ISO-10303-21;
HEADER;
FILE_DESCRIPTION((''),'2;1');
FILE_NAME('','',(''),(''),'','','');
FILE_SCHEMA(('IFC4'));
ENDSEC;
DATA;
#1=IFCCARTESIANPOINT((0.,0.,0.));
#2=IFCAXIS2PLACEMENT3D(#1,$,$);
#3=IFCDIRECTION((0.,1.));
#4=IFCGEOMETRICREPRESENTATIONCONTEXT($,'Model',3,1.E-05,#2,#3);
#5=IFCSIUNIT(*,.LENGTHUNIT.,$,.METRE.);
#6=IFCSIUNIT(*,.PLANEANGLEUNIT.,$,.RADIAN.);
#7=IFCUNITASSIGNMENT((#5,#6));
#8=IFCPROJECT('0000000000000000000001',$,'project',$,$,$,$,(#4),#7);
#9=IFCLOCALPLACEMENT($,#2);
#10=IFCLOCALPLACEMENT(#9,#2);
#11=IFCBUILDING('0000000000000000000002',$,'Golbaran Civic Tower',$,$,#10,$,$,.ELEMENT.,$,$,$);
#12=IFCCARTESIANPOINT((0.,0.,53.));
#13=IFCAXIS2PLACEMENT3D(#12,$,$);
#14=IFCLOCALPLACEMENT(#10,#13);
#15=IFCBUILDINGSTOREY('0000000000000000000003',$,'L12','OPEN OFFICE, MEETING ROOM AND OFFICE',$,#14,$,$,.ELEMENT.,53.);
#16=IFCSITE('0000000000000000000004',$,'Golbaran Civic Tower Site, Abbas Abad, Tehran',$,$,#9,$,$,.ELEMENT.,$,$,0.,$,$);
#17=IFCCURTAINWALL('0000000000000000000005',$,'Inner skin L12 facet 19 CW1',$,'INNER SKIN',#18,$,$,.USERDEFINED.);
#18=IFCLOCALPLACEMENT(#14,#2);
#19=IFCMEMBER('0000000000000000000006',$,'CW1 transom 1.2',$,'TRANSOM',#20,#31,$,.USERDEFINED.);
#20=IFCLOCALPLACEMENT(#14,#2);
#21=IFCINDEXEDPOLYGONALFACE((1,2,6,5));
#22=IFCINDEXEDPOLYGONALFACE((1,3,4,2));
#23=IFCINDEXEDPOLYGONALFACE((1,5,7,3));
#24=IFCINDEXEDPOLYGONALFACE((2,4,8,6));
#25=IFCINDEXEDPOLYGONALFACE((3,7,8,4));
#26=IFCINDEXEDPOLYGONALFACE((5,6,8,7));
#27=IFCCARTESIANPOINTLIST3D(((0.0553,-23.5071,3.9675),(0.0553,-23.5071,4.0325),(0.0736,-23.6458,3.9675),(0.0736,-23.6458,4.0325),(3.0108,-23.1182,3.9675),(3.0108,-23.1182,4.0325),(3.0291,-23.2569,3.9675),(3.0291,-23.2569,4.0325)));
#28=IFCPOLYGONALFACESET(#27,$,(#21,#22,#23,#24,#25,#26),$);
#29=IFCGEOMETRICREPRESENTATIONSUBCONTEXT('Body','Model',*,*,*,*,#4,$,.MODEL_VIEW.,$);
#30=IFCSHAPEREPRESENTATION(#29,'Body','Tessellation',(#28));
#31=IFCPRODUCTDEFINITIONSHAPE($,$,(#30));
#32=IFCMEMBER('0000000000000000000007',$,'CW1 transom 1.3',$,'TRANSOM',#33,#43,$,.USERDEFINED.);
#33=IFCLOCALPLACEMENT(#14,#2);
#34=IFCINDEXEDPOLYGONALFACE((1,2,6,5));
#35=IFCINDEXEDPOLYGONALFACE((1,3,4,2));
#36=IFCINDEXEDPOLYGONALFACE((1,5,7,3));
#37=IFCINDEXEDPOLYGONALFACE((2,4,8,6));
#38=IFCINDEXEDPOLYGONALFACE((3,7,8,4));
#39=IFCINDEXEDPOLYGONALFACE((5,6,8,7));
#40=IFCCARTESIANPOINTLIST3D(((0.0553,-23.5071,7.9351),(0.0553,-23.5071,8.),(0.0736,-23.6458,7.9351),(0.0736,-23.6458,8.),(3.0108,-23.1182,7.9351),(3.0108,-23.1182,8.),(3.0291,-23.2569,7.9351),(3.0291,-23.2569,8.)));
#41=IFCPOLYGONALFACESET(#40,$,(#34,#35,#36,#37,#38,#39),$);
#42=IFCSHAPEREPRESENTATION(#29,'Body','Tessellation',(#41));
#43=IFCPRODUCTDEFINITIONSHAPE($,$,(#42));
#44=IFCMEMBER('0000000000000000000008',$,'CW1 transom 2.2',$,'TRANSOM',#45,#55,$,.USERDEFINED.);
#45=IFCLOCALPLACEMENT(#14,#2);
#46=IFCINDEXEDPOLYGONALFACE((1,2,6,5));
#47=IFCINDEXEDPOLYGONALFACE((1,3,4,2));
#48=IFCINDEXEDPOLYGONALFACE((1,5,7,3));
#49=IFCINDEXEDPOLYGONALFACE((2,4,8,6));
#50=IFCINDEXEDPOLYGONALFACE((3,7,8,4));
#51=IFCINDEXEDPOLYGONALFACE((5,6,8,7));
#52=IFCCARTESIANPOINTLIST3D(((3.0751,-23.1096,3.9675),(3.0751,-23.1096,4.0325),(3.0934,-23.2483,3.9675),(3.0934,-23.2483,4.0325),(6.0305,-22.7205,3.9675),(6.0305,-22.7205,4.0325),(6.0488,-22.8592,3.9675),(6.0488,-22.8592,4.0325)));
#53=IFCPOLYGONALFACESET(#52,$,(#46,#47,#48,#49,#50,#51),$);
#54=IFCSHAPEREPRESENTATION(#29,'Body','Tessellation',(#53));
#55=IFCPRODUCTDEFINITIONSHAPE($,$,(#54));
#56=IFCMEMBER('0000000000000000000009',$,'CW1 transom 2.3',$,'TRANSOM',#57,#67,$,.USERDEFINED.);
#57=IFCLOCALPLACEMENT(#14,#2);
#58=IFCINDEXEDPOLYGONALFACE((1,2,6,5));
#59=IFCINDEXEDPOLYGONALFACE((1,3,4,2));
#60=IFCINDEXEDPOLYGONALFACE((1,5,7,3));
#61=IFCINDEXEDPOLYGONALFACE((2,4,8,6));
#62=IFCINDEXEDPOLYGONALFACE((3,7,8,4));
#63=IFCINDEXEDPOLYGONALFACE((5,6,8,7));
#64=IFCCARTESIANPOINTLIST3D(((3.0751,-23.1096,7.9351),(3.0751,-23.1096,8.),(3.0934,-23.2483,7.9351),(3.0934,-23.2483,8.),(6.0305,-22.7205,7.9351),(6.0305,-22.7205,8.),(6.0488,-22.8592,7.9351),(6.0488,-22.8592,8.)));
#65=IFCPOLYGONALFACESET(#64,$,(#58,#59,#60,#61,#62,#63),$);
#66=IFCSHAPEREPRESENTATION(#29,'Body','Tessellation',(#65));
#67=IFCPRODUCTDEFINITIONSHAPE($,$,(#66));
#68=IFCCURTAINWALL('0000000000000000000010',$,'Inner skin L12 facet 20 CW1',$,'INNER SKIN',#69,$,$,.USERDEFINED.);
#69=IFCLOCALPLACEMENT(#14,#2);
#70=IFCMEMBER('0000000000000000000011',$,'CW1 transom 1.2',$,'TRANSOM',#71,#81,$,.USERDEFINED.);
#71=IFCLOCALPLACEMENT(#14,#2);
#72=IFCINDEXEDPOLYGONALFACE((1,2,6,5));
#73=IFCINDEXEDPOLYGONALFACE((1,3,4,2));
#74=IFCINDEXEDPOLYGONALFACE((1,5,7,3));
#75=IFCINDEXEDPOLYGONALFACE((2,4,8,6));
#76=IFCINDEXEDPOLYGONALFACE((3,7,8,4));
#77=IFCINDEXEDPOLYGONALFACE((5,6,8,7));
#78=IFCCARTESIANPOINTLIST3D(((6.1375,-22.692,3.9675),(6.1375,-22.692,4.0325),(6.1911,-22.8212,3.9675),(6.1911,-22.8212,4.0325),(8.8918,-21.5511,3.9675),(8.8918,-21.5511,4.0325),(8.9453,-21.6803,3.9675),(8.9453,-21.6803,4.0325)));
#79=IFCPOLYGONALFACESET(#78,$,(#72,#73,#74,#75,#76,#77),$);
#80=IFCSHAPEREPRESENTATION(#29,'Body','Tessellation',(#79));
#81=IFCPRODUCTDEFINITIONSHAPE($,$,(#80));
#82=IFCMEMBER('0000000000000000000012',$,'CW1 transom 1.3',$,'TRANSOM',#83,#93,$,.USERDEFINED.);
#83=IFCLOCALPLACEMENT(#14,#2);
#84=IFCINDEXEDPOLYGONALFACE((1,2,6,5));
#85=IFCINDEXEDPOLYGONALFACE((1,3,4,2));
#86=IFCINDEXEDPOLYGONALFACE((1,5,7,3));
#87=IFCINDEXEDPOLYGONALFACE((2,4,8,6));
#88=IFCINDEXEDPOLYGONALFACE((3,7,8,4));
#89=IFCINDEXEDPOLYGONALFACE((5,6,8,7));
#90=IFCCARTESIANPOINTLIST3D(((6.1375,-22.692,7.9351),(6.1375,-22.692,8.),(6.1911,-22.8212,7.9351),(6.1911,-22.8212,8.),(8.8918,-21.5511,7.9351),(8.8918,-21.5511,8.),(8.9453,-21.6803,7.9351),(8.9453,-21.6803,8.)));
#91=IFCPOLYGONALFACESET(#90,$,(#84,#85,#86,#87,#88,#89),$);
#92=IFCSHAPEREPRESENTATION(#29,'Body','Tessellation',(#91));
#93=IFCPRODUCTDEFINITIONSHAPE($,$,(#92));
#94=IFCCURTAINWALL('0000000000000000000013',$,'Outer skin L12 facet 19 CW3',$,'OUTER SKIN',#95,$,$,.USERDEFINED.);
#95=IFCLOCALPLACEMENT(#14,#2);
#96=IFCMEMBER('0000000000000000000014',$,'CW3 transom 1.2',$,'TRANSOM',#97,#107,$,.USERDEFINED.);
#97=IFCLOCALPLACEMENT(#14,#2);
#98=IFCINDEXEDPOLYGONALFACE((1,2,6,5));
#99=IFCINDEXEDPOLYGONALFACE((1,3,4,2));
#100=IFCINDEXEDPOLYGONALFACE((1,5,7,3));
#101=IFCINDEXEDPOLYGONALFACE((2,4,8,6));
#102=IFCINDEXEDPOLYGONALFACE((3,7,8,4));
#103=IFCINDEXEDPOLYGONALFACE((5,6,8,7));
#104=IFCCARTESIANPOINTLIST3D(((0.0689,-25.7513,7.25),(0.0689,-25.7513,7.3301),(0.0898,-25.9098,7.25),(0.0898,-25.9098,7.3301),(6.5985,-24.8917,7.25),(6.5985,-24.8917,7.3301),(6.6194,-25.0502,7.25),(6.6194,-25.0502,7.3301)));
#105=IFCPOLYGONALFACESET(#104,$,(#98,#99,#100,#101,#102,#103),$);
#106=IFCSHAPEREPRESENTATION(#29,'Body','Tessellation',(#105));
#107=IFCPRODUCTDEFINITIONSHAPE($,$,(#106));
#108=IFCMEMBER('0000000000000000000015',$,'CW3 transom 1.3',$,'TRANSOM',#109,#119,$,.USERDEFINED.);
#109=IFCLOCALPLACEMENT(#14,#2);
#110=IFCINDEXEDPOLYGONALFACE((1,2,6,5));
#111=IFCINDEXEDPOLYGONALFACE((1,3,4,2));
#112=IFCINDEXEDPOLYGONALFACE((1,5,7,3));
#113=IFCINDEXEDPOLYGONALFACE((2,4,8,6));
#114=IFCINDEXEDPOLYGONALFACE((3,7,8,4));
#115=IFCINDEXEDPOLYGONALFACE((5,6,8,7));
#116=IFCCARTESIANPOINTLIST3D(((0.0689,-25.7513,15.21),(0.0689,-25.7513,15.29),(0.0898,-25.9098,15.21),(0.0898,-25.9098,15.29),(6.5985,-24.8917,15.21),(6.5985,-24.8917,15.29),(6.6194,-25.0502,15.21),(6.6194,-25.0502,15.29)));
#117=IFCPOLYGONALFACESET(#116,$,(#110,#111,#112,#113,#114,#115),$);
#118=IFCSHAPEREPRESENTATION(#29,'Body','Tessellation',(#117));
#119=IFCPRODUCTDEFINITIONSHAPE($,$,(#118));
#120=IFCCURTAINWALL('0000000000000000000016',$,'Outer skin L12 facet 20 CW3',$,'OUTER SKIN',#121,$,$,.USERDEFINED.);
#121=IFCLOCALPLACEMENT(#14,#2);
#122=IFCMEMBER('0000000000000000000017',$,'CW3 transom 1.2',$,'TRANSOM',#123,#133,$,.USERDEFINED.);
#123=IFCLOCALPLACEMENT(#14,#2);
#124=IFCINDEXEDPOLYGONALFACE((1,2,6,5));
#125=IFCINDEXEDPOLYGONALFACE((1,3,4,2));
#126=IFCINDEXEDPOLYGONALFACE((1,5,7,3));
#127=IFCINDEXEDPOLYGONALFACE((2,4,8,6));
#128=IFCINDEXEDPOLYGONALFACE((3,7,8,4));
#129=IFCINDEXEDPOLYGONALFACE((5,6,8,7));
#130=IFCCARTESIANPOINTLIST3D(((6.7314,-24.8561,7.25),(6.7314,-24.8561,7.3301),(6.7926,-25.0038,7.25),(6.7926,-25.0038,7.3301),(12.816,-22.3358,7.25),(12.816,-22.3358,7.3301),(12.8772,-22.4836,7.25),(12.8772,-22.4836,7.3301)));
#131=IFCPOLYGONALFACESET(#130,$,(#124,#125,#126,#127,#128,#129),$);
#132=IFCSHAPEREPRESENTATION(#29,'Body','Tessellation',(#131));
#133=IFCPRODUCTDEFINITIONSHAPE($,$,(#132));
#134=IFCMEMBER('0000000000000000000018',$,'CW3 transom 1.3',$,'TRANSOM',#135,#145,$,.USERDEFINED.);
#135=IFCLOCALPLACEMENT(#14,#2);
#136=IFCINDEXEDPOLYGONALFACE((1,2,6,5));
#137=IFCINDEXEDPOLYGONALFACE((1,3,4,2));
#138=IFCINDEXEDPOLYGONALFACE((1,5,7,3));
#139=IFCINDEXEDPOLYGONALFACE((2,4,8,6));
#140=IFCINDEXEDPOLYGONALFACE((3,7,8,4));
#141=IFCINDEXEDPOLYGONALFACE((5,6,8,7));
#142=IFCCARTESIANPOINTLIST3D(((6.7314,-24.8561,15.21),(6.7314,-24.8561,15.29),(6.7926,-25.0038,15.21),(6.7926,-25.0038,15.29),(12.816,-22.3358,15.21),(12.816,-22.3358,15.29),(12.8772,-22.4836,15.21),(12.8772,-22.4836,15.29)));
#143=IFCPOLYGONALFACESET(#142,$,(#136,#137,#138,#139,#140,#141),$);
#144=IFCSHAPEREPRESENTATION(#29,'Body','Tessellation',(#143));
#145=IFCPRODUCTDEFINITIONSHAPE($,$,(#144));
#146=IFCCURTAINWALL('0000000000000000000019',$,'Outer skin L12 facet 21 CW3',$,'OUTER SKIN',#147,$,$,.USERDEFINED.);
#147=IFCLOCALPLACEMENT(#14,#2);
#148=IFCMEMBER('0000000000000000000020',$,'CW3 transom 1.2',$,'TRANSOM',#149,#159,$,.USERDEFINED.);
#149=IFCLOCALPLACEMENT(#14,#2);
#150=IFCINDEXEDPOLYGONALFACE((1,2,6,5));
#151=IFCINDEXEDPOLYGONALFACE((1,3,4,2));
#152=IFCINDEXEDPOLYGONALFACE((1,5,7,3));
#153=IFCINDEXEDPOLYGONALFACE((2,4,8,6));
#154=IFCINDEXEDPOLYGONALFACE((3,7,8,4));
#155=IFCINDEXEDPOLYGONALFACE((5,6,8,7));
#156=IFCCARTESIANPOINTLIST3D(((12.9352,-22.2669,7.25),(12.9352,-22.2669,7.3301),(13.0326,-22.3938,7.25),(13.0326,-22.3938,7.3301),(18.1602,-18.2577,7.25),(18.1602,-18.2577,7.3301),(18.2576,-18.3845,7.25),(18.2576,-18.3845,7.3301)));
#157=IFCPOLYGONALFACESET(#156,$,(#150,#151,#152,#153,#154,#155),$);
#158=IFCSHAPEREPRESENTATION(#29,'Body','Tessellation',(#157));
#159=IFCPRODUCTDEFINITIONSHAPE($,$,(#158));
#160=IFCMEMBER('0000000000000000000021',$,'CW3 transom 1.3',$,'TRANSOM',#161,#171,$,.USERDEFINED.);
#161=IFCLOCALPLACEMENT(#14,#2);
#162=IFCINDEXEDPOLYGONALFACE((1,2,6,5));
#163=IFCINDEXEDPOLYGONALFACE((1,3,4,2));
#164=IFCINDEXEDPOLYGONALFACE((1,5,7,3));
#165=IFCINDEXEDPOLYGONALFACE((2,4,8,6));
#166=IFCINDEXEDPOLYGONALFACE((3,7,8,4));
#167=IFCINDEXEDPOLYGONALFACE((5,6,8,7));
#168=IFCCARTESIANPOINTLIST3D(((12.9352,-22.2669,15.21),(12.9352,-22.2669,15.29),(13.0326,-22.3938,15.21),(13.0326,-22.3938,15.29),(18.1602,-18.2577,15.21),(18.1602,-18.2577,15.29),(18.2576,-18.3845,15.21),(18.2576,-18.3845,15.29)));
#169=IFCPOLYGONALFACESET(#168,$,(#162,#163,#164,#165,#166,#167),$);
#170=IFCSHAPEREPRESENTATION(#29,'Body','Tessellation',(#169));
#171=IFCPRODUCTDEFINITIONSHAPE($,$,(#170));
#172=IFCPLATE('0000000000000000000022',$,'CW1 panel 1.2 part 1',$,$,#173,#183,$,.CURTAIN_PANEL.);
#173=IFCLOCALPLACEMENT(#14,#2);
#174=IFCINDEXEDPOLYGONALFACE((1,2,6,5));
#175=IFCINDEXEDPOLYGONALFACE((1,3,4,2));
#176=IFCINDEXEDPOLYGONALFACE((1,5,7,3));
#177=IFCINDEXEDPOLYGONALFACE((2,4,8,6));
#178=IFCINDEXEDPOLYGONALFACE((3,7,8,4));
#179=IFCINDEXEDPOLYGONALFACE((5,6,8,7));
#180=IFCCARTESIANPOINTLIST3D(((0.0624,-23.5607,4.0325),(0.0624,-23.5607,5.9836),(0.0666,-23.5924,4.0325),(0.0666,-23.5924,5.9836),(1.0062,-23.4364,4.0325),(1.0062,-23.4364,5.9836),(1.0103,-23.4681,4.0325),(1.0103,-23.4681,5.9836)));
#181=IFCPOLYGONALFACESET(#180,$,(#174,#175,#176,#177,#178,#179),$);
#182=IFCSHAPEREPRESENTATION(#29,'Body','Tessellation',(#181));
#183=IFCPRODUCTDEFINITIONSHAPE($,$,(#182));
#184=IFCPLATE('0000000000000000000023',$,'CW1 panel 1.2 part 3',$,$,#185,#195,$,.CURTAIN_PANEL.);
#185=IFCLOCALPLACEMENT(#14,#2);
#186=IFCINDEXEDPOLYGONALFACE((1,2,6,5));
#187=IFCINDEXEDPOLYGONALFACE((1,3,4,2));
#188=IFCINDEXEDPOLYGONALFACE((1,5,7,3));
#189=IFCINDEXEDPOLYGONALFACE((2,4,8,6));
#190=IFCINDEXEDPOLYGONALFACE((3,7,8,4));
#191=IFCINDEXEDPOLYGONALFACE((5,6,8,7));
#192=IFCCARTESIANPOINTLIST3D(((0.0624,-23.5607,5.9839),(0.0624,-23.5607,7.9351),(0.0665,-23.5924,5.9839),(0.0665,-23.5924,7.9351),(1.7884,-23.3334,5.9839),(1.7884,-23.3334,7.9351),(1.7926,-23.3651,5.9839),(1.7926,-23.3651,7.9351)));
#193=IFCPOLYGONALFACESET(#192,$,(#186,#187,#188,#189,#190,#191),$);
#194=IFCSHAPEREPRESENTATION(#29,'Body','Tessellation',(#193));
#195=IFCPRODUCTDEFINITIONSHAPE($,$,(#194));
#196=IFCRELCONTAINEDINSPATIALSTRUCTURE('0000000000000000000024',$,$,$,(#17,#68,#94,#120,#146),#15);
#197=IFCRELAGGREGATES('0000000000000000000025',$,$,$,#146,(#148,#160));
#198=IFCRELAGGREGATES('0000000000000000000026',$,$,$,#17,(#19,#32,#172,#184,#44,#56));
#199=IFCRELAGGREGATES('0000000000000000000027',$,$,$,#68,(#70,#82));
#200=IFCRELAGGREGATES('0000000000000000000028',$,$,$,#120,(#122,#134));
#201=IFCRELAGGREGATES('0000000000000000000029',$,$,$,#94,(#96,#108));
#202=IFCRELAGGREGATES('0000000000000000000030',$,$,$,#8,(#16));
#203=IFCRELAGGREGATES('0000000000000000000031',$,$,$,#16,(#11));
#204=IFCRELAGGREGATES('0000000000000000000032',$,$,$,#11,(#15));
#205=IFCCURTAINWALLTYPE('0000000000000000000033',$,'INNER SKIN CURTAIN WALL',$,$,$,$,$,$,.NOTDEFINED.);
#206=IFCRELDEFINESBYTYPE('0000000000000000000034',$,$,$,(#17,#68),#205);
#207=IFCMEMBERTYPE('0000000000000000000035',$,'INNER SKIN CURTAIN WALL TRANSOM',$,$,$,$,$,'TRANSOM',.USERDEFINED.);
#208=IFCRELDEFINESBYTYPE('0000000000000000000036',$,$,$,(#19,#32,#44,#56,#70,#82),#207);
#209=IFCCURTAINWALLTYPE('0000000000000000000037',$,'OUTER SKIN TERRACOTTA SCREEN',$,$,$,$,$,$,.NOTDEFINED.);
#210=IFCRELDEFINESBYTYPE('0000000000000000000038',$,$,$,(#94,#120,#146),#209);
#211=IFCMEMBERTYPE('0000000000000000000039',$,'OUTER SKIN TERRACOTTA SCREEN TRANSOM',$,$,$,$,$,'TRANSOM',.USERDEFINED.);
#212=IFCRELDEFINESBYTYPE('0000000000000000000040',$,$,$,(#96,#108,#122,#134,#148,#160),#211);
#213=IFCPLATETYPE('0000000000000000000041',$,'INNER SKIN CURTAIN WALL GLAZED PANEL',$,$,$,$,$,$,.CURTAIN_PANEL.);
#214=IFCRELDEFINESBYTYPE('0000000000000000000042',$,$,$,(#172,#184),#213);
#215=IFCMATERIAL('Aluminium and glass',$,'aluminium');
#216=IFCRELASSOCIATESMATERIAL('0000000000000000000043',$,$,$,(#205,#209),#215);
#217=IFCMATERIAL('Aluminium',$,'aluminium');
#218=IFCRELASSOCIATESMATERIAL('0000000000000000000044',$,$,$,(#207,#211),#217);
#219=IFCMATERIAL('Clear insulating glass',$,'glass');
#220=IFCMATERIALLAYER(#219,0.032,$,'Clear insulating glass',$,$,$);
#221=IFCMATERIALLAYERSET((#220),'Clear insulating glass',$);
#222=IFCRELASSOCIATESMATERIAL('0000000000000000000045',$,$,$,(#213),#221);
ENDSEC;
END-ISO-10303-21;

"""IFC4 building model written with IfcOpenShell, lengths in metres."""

from ifc_helpers import new_model, si_unit, direction, frame, origin, origin_2d, place, context, subcontext, project, spatial, rectangle, extrude, material, layer, layer_set, material_profile, profile_set, type_object, element, aggregate, save


model = new_model("IFC4")

# Units and contexts
model_context = context("Model", 3, precision=1e-05, world=origin(), true_north=direction((0.0, 1.0)))
body_context = subcontext(model_context, "Body", "Model", "MODEL_VIEW")
ifc_project = project(units=[si_unit("LENGTHUNIT", "METRE"), si_unit("PLANEANGLEUNIT", "RADIAN")], contexts=[model_context])

# Site, building, storey
site_placement = place(None, origin())
site = spatial("IfcSite", under=ifc_project, at=site_placement, Name="Golbaran Civic Tower Site, Abbas Abad, Tehran", CompositionType="ELEMENT", RefElevation=0.0)
building_placement = place(site_placement, origin())
building = spatial("IfcBuilding", under=site, at=building_placement, Name="Golbaran Civic Tower", CompositionType="ELEMENT")
storey_placement = place(building_placement, frame((0.0, 0.0, 53.0)))
storey = spatial("IfcBuildingStorey", under=building, at=storey_placement, Name="L12", Description="OPEN OFFICE, MEETING ROOM AND OFFICE", CompositionType="ELEMENT", Elevation=53.0)

# Curtain walls, members
ifc_material_1 = material(Name="Aluminium and glass", Category="aluminium")
curtain_wall_type_1 = type_object("IfcCurtainWallType", Name="INNER SKIN CURTAIN WALL", PredefinedType="NOTDEFINED", material=ifc_material_1)
curtain_wall_1_placement = place(storey_placement, origin())
curtain_wall_1 = element("IfcCurtainWall", 1, at=curtain_wall_1_placement, inside=storey, type_object=curtain_wall_type_1, Name="Inner skin L12 facet 19 CW1", ObjectType="INNER SKIN", PredefinedType="USERDEFINED")
ifc_material_2 = material(Name="Aluminium", Category="aluminium")
ifc_material_profile_1 = material_profile(ifc_material_2, rectangle(XDim=0.1399, YDim=0.0649, at=origin_2d()), Name="INNER SKIN CURTAIN WALL TRANSOM")
ifc_profile_set_1 = profile_set([ifc_material_profile_1], Name="Aluminium")
member_type_1 = type_object("IfcMemberType", Name="INNER SKIN CURTAIN WALL TRANSOM", ElementType="TRANSOM", PredefinedType="USERDEFINED", material=ifc_profile_set_1)
member_1_placement = place(storey_placement, frame((0.0645, -23.5764, 4.0), z_axis=(0.991453, 0.130463, 0.0), x_axis=(-0.130463, 0.991453, 0.0)))
member_1 = element("IfcMember", 2, at=member_1_placement, type_object=member_type_1, Name="CW1 transom 1.2", ObjectType="TRANSOM", PredefinedType="USERDEFINED", context=body_context, shape_type="SweptSolid", body=[
    extrude(rectangle(XDim=0.1399, YDim=0.0649, at=origin_2d()), origin(), (0.0, 0.0, 1.0), 2.981),
])
member_2_placement = place(storey_placement, frame((0.0645, -23.5764, 7.9675), z_axis=(0.991453, 0.130463, 0.0), x_axis=(-0.130463, 0.991453, 0.0)))
member_2 = element("IfcMember", 3, at=member_2_placement, type_object=member_type_1, Name="CW1 transom 1.3", ObjectType="TRANSOM", PredefinedType="USERDEFINED", context=body_context, shape_type="SweptSolid", body=[
    extrude(rectangle(XDim=0.1399, YDim=0.0649, at=origin_2d()), origin(), (0.0, 0.0, 1.0), 2.981),
])
member_3_placement = place(storey_placement, frame((3.0842, -23.179, 4.0), z_axis=(0.991443, 0.130543, 0.0), x_axis=(-0.130543, 0.991443, 0.0)))
member_3 = element("IfcMember", 4, at=member_3_placement, type_object=member_type_1, Name="CW1 transom 2.2", ObjectType="TRANSOM", PredefinedType="USERDEFINED", context=body_context, shape_type="SweptSolid", body=[
    extrude(rectangle(XDim=0.1399, YDim=0.0649, at=origin_2d()), origin(), (0.0, 0.0, 1.0), 2.981),
])
member_4_placement = place(storey_placement, frame((3.0842, -23.179, 7.9675), z_axis=(0.991443, 0.130543, 0.0), x_axis=(-0.130543, 0.991443, 0.0)))
member_4 = element("IfcMember", 5, at=member_4_placement, type_object=member_type_1, Name="CW1 transom 2.3", ObjectType="TRANSOM", PredefinedType="USERDEFINED", context=body_context, shape_type="SweptSolid", body=[
    extrude(rectangle(XDim=0.1399, YDim=0.0649, at=origin_2d()), origin(), (0.0, 0.0, 1.0), 2.981),
])
curtain_wall_2_placement = place(storey_placement, origin())
curtain_wall_2 = element("IfcCurtainWall", 6, at=curtain_wall_2_placement, inside=storey, type_object=curtain_wall_type_1, Name="Inner skin L12 facet 20 CW1", ObjectType="INNER SKIN", PredefinedType="USERDEFINED")
member_5_placement = place(storey_placement, frame((6.1643, -22.7566, 4.0), z_axis=(0.923872, 0.382701, 0.0), x_axis=(-0.382701, 0.923872, 0.0)))
member_5 = element("IfcMember", 7, at=member_5_placement, type_object=member_type_1, Name="CW1 transom 1.2", ObjectType="TRANSOM", PredefinedType="USERDEFINED", context=body_context, shape_type="SweptSolid", body=[
    extrude(rectangle(XDim=0.1399, YDim=0.0649, at=origin_2d()), origin(), (0.0, 0.0, 1.0), 2.9812),
])
member_6_placement = place(storey_placement, frame((6.1643, -22.7566, 7.9675), z_axis=(0.923872, 0.382701, 0.0), x_axis=(-0.382701, 0.923872, 0.0)))
member_6 = element("IfcMember", 8, at=member_6_placement, type_object=member_type_1, Name="CW1 transom 1.3", ObjectType="TRANSOM", PredefinedType="USERDEFINED", context=body_context, shape_type="SweptSolid", body=[
    extrude(rectangle(XDim=0.1399, YDim=0.0649, at=origin_2d()), origin(), (0.0, 0.0, 1.0), 2.9812),
])
curtain_wall_type_2 = type_object("IfcCurtainWallType", Name="OUTER SKIN TERRACOTTA SCREEN", PredefinedType="NOTDEFINED", material=ifc_material_1)
curtain_wall_3_placement = place(storey_placement, origin())
curtain_wall_3 = element("IfcCurtainWall", 9, at=curtain_wall_3_placement, inside=storey, type_object=curtain_wall_type_2, Name="Outer skin L12 facet 19 CW3", ObjectType="OUTER SKIN", PredefinedType="USERDEFINED")
ifc_material_profile_2 = material_profile(ifc_material_2, rectangle(XDim=0.1599, YDim=0.0801, at=origin_2d()), Name="OUTER SKIN TERRACOTTA SCREEN TRANSOM")
ifc_profile_set_2 = profile_set([ifc_material_profile_2], Name="Aluminium")
member_type_2 = type_object("IfcMemberType", Name="OUTER SKIN TERRACOTTA SCREEN TRANSOM", ElementType="TRANSOM", PredefinedType="USERDEFINED", material=ifc_profile_set_2)
member_7_placement = place(storey_placement, frame((0.0793, -25.8306, 7.29), z_axis=(0.991445, 0.130525, 0.0), x_axis=(-0.130525, 0.991445, 0.0)))
member_7 = element("IfcMember", 10, at=member_7_placement, type_object=member_type_2, Name="CW3 transom 1.2", ObjectType="TRANSOM", PredefinedType="USERDEFINED", context=body_context, shape_type="SweptSolid", body=[
    extrude(rectangle(XDim=0.1599, YDim=0.0801, at=origin_2d()), origin(), (0.0, 0.0, 1.0), 6.5859),
])
member_8_placement = place(storey_placement, frame((0.0793, -25.8306, 15.25), z_axis=(0.991445, 0.130525, 0.0), x_axis=(-0.130525, 0.991445, 0.0)))
member_8 = element("IfcMember", 11, at=member_8_placement, type_object=member_type_2, Name="CW3 transom 1.3", ObjectType="TRANSOM", PredefinedType="USERDEFINED", context=body_context, shape_type="SweptSolid", body=[
    extrude(rectangle(XDim=0.1599, YDim=0.0801, at=origin_2d()), origin(), (0.0, 0.0, 1.0), 6.5859),
])
curtain_wall_4_placement = place(storey_placement, origin())
curtain_wall_4 = element("IfcCurtainWall", 12, at=curtain_wall_4_placement, inside=storey, type_object=curtain_wall_type_2, Name="Outer skin L12 facet 20 CW3", ObjectType="OUTER SKIN", PredefinedType="USERDEFINED")
member_9_placement = place(storey_placement, frame((6.762, -24.9299, 7.29), z_axis=(0.923885, 0.382669, 0.0), x_axis=(-0.382669, 0.923885, 0.0)))
member_9 = element("IfcMember", 13, at=member_9_placement, type_object=member_type_2, Name="CW3 transom 1.2", ObjectType="TRANSOM", PredefinedType="USERDEFINED", context=body_context, shape_type="SweptSolid", body=[
    extrude(rectangle(XDim=0.1599, YDim=0.0801, at=origin_2d()), origin(), (0.0, 0.0, 1.0), 6.5859),
])
member_10_placement = place(storey_placement, frame((6.762, -24.9299, 15.25), z_axis=(0.923885, 0.382669, 0.0), x_axis=(-0.382669, 0.923885, 0.0)))
member_10 = element("IfcMember", 14, at=member_10_placement, type_object=member_type_2, Name="CW3 transom 1.3", ObjectType="TRANSOM", PredefinedType="USERDEFINED", context=body_context, shape_type="SweptSolid", body=[
    extrude(rectangle(XDim=0.1599, YDim=0.0801, at=origin_2d()), origin(), (0.0, 0.0, 1.0), 6.5859),
])
curtain_wall_5_placement = place(storey_placement, origin())
curtain_wall_5 = element("IfcCurtainWall", 15, at=curtain_wall_5_placement, inside=storey, type_object=curtain_wall_type_2, Name="Outer skin L12 facet 21 CW3", ObjectType="OUTER SKIN", PredefinedType="USERDEFINED")
member_11_placement = place(storey_placement, frame((12.9839, -22.3303, 7.29), z_axis=(0.793359, 0.608754, 0.0), x_axis=(-0.608754, 0.793359, 0.0)))
member_11 = element("IfcMember", 16, at=member_11_placement, type_object=member_type_2, Name="CW3 transom 1.2", ObjectType="TRANSOM", PredefinedType="USERDEFINED", context=body_context, shape_type="SweptSolid", body=[
    extrude(rectangle(XDim=0.1599, YDim=0.0801, at=origin_2d()), origin(), (0.0, 0.0, 1.0), 6.5859),
])
member_12_placement = place(storey_placement, frame((12.9839, -22.3303, 15.25), z_axis=(0.793359, 0.608754, 0.0), x_axis=(-0.608754, 0.793359, 0.0)))
member_12 = element("IfcMember", 17, at=member_12_placement, type_object=member_type_2, Name="CW3 transom 1.3", ObjectType="TRANSOM", PredefinedType="USERDEFINED", context=body_context, shape_type="SweptSolid", body=[
    extrude(rectangle(XDim=0.1599, YDim=0.0801, at=origin_2d()), origin(), (0.0, 0.0, 1.0), 6.5859),
])
aggregate(curtain_wall_5, [member_11, member_12])

# Plates
ifc_material_3 = material(Name="Clear insulating glass", Category="glass")
ifc_layer_1 = layer(ifc_material_3, 0.032, Name="Clear insulating glass")
ifc_layer_set_1 = layer_set([ifc_layer_1], Name="Clear insulating glass")
plate_type_1 = type_object("IfcPlateType", Name="INNER SKIN CURTAIN WALL GLAZED PANEL", PredefinedType="CURTAIN_PANEL", material=ifc_layer_set_1)
plate_1_placement = place(storey_placement, frame((0.5364, -23.5144, 4.0325), z_axis=(0.0, 0.0, 1.0), x_axis=(0.991445, 0.130526, 0.0)))
plate_1 = element("IfcPlate", 18, at=plate_1_placement, type_object=plate_type_1, Name="CW1 panel 1.2 part 1", PredefinedType="CURTAIN_PANEL", context=body_context, shape_type="SweptSolid", body=[
    extrude(rectangle(XDim=0.9519, YDim=0.032, at=origin_2d()), origin(), (0.0, 0.0, 1.0), 1.9512),
])
plate_2_placement = place(storey_placement, frame((0.9275, -23.4629, 5.9839), z_axis=(0.0, 0.0, 1.0), x_axis=(0.991445, 0.130526, 0.0)))
plate_2 = element("IfcPlate", 19, at=plate_2_placement, type_object=plate_type_1, Name="CW1 panel 1.2 part 3", PredefinedType="CURTAIN_PANEL", context=body_context, shape_type="SweptSolid", body=[
    extrude(rectangle(XDim=1.741, YDim=0.032, at=origin_2d()), origin(), (0.0, 0.0, 1.0), 1.9512),
])
aggregate(curtain_wall_1, [member_1, member_2, plate_1, plate_2, member_3, member_4])
aggregate(curtain_wall_2, [member_5, member_6])
aggregate(curtain_wall_4, [member_9, member_10])
aggregate(curtain_wall_3, [member_7, member_8])

save(model, "model.ifc")
